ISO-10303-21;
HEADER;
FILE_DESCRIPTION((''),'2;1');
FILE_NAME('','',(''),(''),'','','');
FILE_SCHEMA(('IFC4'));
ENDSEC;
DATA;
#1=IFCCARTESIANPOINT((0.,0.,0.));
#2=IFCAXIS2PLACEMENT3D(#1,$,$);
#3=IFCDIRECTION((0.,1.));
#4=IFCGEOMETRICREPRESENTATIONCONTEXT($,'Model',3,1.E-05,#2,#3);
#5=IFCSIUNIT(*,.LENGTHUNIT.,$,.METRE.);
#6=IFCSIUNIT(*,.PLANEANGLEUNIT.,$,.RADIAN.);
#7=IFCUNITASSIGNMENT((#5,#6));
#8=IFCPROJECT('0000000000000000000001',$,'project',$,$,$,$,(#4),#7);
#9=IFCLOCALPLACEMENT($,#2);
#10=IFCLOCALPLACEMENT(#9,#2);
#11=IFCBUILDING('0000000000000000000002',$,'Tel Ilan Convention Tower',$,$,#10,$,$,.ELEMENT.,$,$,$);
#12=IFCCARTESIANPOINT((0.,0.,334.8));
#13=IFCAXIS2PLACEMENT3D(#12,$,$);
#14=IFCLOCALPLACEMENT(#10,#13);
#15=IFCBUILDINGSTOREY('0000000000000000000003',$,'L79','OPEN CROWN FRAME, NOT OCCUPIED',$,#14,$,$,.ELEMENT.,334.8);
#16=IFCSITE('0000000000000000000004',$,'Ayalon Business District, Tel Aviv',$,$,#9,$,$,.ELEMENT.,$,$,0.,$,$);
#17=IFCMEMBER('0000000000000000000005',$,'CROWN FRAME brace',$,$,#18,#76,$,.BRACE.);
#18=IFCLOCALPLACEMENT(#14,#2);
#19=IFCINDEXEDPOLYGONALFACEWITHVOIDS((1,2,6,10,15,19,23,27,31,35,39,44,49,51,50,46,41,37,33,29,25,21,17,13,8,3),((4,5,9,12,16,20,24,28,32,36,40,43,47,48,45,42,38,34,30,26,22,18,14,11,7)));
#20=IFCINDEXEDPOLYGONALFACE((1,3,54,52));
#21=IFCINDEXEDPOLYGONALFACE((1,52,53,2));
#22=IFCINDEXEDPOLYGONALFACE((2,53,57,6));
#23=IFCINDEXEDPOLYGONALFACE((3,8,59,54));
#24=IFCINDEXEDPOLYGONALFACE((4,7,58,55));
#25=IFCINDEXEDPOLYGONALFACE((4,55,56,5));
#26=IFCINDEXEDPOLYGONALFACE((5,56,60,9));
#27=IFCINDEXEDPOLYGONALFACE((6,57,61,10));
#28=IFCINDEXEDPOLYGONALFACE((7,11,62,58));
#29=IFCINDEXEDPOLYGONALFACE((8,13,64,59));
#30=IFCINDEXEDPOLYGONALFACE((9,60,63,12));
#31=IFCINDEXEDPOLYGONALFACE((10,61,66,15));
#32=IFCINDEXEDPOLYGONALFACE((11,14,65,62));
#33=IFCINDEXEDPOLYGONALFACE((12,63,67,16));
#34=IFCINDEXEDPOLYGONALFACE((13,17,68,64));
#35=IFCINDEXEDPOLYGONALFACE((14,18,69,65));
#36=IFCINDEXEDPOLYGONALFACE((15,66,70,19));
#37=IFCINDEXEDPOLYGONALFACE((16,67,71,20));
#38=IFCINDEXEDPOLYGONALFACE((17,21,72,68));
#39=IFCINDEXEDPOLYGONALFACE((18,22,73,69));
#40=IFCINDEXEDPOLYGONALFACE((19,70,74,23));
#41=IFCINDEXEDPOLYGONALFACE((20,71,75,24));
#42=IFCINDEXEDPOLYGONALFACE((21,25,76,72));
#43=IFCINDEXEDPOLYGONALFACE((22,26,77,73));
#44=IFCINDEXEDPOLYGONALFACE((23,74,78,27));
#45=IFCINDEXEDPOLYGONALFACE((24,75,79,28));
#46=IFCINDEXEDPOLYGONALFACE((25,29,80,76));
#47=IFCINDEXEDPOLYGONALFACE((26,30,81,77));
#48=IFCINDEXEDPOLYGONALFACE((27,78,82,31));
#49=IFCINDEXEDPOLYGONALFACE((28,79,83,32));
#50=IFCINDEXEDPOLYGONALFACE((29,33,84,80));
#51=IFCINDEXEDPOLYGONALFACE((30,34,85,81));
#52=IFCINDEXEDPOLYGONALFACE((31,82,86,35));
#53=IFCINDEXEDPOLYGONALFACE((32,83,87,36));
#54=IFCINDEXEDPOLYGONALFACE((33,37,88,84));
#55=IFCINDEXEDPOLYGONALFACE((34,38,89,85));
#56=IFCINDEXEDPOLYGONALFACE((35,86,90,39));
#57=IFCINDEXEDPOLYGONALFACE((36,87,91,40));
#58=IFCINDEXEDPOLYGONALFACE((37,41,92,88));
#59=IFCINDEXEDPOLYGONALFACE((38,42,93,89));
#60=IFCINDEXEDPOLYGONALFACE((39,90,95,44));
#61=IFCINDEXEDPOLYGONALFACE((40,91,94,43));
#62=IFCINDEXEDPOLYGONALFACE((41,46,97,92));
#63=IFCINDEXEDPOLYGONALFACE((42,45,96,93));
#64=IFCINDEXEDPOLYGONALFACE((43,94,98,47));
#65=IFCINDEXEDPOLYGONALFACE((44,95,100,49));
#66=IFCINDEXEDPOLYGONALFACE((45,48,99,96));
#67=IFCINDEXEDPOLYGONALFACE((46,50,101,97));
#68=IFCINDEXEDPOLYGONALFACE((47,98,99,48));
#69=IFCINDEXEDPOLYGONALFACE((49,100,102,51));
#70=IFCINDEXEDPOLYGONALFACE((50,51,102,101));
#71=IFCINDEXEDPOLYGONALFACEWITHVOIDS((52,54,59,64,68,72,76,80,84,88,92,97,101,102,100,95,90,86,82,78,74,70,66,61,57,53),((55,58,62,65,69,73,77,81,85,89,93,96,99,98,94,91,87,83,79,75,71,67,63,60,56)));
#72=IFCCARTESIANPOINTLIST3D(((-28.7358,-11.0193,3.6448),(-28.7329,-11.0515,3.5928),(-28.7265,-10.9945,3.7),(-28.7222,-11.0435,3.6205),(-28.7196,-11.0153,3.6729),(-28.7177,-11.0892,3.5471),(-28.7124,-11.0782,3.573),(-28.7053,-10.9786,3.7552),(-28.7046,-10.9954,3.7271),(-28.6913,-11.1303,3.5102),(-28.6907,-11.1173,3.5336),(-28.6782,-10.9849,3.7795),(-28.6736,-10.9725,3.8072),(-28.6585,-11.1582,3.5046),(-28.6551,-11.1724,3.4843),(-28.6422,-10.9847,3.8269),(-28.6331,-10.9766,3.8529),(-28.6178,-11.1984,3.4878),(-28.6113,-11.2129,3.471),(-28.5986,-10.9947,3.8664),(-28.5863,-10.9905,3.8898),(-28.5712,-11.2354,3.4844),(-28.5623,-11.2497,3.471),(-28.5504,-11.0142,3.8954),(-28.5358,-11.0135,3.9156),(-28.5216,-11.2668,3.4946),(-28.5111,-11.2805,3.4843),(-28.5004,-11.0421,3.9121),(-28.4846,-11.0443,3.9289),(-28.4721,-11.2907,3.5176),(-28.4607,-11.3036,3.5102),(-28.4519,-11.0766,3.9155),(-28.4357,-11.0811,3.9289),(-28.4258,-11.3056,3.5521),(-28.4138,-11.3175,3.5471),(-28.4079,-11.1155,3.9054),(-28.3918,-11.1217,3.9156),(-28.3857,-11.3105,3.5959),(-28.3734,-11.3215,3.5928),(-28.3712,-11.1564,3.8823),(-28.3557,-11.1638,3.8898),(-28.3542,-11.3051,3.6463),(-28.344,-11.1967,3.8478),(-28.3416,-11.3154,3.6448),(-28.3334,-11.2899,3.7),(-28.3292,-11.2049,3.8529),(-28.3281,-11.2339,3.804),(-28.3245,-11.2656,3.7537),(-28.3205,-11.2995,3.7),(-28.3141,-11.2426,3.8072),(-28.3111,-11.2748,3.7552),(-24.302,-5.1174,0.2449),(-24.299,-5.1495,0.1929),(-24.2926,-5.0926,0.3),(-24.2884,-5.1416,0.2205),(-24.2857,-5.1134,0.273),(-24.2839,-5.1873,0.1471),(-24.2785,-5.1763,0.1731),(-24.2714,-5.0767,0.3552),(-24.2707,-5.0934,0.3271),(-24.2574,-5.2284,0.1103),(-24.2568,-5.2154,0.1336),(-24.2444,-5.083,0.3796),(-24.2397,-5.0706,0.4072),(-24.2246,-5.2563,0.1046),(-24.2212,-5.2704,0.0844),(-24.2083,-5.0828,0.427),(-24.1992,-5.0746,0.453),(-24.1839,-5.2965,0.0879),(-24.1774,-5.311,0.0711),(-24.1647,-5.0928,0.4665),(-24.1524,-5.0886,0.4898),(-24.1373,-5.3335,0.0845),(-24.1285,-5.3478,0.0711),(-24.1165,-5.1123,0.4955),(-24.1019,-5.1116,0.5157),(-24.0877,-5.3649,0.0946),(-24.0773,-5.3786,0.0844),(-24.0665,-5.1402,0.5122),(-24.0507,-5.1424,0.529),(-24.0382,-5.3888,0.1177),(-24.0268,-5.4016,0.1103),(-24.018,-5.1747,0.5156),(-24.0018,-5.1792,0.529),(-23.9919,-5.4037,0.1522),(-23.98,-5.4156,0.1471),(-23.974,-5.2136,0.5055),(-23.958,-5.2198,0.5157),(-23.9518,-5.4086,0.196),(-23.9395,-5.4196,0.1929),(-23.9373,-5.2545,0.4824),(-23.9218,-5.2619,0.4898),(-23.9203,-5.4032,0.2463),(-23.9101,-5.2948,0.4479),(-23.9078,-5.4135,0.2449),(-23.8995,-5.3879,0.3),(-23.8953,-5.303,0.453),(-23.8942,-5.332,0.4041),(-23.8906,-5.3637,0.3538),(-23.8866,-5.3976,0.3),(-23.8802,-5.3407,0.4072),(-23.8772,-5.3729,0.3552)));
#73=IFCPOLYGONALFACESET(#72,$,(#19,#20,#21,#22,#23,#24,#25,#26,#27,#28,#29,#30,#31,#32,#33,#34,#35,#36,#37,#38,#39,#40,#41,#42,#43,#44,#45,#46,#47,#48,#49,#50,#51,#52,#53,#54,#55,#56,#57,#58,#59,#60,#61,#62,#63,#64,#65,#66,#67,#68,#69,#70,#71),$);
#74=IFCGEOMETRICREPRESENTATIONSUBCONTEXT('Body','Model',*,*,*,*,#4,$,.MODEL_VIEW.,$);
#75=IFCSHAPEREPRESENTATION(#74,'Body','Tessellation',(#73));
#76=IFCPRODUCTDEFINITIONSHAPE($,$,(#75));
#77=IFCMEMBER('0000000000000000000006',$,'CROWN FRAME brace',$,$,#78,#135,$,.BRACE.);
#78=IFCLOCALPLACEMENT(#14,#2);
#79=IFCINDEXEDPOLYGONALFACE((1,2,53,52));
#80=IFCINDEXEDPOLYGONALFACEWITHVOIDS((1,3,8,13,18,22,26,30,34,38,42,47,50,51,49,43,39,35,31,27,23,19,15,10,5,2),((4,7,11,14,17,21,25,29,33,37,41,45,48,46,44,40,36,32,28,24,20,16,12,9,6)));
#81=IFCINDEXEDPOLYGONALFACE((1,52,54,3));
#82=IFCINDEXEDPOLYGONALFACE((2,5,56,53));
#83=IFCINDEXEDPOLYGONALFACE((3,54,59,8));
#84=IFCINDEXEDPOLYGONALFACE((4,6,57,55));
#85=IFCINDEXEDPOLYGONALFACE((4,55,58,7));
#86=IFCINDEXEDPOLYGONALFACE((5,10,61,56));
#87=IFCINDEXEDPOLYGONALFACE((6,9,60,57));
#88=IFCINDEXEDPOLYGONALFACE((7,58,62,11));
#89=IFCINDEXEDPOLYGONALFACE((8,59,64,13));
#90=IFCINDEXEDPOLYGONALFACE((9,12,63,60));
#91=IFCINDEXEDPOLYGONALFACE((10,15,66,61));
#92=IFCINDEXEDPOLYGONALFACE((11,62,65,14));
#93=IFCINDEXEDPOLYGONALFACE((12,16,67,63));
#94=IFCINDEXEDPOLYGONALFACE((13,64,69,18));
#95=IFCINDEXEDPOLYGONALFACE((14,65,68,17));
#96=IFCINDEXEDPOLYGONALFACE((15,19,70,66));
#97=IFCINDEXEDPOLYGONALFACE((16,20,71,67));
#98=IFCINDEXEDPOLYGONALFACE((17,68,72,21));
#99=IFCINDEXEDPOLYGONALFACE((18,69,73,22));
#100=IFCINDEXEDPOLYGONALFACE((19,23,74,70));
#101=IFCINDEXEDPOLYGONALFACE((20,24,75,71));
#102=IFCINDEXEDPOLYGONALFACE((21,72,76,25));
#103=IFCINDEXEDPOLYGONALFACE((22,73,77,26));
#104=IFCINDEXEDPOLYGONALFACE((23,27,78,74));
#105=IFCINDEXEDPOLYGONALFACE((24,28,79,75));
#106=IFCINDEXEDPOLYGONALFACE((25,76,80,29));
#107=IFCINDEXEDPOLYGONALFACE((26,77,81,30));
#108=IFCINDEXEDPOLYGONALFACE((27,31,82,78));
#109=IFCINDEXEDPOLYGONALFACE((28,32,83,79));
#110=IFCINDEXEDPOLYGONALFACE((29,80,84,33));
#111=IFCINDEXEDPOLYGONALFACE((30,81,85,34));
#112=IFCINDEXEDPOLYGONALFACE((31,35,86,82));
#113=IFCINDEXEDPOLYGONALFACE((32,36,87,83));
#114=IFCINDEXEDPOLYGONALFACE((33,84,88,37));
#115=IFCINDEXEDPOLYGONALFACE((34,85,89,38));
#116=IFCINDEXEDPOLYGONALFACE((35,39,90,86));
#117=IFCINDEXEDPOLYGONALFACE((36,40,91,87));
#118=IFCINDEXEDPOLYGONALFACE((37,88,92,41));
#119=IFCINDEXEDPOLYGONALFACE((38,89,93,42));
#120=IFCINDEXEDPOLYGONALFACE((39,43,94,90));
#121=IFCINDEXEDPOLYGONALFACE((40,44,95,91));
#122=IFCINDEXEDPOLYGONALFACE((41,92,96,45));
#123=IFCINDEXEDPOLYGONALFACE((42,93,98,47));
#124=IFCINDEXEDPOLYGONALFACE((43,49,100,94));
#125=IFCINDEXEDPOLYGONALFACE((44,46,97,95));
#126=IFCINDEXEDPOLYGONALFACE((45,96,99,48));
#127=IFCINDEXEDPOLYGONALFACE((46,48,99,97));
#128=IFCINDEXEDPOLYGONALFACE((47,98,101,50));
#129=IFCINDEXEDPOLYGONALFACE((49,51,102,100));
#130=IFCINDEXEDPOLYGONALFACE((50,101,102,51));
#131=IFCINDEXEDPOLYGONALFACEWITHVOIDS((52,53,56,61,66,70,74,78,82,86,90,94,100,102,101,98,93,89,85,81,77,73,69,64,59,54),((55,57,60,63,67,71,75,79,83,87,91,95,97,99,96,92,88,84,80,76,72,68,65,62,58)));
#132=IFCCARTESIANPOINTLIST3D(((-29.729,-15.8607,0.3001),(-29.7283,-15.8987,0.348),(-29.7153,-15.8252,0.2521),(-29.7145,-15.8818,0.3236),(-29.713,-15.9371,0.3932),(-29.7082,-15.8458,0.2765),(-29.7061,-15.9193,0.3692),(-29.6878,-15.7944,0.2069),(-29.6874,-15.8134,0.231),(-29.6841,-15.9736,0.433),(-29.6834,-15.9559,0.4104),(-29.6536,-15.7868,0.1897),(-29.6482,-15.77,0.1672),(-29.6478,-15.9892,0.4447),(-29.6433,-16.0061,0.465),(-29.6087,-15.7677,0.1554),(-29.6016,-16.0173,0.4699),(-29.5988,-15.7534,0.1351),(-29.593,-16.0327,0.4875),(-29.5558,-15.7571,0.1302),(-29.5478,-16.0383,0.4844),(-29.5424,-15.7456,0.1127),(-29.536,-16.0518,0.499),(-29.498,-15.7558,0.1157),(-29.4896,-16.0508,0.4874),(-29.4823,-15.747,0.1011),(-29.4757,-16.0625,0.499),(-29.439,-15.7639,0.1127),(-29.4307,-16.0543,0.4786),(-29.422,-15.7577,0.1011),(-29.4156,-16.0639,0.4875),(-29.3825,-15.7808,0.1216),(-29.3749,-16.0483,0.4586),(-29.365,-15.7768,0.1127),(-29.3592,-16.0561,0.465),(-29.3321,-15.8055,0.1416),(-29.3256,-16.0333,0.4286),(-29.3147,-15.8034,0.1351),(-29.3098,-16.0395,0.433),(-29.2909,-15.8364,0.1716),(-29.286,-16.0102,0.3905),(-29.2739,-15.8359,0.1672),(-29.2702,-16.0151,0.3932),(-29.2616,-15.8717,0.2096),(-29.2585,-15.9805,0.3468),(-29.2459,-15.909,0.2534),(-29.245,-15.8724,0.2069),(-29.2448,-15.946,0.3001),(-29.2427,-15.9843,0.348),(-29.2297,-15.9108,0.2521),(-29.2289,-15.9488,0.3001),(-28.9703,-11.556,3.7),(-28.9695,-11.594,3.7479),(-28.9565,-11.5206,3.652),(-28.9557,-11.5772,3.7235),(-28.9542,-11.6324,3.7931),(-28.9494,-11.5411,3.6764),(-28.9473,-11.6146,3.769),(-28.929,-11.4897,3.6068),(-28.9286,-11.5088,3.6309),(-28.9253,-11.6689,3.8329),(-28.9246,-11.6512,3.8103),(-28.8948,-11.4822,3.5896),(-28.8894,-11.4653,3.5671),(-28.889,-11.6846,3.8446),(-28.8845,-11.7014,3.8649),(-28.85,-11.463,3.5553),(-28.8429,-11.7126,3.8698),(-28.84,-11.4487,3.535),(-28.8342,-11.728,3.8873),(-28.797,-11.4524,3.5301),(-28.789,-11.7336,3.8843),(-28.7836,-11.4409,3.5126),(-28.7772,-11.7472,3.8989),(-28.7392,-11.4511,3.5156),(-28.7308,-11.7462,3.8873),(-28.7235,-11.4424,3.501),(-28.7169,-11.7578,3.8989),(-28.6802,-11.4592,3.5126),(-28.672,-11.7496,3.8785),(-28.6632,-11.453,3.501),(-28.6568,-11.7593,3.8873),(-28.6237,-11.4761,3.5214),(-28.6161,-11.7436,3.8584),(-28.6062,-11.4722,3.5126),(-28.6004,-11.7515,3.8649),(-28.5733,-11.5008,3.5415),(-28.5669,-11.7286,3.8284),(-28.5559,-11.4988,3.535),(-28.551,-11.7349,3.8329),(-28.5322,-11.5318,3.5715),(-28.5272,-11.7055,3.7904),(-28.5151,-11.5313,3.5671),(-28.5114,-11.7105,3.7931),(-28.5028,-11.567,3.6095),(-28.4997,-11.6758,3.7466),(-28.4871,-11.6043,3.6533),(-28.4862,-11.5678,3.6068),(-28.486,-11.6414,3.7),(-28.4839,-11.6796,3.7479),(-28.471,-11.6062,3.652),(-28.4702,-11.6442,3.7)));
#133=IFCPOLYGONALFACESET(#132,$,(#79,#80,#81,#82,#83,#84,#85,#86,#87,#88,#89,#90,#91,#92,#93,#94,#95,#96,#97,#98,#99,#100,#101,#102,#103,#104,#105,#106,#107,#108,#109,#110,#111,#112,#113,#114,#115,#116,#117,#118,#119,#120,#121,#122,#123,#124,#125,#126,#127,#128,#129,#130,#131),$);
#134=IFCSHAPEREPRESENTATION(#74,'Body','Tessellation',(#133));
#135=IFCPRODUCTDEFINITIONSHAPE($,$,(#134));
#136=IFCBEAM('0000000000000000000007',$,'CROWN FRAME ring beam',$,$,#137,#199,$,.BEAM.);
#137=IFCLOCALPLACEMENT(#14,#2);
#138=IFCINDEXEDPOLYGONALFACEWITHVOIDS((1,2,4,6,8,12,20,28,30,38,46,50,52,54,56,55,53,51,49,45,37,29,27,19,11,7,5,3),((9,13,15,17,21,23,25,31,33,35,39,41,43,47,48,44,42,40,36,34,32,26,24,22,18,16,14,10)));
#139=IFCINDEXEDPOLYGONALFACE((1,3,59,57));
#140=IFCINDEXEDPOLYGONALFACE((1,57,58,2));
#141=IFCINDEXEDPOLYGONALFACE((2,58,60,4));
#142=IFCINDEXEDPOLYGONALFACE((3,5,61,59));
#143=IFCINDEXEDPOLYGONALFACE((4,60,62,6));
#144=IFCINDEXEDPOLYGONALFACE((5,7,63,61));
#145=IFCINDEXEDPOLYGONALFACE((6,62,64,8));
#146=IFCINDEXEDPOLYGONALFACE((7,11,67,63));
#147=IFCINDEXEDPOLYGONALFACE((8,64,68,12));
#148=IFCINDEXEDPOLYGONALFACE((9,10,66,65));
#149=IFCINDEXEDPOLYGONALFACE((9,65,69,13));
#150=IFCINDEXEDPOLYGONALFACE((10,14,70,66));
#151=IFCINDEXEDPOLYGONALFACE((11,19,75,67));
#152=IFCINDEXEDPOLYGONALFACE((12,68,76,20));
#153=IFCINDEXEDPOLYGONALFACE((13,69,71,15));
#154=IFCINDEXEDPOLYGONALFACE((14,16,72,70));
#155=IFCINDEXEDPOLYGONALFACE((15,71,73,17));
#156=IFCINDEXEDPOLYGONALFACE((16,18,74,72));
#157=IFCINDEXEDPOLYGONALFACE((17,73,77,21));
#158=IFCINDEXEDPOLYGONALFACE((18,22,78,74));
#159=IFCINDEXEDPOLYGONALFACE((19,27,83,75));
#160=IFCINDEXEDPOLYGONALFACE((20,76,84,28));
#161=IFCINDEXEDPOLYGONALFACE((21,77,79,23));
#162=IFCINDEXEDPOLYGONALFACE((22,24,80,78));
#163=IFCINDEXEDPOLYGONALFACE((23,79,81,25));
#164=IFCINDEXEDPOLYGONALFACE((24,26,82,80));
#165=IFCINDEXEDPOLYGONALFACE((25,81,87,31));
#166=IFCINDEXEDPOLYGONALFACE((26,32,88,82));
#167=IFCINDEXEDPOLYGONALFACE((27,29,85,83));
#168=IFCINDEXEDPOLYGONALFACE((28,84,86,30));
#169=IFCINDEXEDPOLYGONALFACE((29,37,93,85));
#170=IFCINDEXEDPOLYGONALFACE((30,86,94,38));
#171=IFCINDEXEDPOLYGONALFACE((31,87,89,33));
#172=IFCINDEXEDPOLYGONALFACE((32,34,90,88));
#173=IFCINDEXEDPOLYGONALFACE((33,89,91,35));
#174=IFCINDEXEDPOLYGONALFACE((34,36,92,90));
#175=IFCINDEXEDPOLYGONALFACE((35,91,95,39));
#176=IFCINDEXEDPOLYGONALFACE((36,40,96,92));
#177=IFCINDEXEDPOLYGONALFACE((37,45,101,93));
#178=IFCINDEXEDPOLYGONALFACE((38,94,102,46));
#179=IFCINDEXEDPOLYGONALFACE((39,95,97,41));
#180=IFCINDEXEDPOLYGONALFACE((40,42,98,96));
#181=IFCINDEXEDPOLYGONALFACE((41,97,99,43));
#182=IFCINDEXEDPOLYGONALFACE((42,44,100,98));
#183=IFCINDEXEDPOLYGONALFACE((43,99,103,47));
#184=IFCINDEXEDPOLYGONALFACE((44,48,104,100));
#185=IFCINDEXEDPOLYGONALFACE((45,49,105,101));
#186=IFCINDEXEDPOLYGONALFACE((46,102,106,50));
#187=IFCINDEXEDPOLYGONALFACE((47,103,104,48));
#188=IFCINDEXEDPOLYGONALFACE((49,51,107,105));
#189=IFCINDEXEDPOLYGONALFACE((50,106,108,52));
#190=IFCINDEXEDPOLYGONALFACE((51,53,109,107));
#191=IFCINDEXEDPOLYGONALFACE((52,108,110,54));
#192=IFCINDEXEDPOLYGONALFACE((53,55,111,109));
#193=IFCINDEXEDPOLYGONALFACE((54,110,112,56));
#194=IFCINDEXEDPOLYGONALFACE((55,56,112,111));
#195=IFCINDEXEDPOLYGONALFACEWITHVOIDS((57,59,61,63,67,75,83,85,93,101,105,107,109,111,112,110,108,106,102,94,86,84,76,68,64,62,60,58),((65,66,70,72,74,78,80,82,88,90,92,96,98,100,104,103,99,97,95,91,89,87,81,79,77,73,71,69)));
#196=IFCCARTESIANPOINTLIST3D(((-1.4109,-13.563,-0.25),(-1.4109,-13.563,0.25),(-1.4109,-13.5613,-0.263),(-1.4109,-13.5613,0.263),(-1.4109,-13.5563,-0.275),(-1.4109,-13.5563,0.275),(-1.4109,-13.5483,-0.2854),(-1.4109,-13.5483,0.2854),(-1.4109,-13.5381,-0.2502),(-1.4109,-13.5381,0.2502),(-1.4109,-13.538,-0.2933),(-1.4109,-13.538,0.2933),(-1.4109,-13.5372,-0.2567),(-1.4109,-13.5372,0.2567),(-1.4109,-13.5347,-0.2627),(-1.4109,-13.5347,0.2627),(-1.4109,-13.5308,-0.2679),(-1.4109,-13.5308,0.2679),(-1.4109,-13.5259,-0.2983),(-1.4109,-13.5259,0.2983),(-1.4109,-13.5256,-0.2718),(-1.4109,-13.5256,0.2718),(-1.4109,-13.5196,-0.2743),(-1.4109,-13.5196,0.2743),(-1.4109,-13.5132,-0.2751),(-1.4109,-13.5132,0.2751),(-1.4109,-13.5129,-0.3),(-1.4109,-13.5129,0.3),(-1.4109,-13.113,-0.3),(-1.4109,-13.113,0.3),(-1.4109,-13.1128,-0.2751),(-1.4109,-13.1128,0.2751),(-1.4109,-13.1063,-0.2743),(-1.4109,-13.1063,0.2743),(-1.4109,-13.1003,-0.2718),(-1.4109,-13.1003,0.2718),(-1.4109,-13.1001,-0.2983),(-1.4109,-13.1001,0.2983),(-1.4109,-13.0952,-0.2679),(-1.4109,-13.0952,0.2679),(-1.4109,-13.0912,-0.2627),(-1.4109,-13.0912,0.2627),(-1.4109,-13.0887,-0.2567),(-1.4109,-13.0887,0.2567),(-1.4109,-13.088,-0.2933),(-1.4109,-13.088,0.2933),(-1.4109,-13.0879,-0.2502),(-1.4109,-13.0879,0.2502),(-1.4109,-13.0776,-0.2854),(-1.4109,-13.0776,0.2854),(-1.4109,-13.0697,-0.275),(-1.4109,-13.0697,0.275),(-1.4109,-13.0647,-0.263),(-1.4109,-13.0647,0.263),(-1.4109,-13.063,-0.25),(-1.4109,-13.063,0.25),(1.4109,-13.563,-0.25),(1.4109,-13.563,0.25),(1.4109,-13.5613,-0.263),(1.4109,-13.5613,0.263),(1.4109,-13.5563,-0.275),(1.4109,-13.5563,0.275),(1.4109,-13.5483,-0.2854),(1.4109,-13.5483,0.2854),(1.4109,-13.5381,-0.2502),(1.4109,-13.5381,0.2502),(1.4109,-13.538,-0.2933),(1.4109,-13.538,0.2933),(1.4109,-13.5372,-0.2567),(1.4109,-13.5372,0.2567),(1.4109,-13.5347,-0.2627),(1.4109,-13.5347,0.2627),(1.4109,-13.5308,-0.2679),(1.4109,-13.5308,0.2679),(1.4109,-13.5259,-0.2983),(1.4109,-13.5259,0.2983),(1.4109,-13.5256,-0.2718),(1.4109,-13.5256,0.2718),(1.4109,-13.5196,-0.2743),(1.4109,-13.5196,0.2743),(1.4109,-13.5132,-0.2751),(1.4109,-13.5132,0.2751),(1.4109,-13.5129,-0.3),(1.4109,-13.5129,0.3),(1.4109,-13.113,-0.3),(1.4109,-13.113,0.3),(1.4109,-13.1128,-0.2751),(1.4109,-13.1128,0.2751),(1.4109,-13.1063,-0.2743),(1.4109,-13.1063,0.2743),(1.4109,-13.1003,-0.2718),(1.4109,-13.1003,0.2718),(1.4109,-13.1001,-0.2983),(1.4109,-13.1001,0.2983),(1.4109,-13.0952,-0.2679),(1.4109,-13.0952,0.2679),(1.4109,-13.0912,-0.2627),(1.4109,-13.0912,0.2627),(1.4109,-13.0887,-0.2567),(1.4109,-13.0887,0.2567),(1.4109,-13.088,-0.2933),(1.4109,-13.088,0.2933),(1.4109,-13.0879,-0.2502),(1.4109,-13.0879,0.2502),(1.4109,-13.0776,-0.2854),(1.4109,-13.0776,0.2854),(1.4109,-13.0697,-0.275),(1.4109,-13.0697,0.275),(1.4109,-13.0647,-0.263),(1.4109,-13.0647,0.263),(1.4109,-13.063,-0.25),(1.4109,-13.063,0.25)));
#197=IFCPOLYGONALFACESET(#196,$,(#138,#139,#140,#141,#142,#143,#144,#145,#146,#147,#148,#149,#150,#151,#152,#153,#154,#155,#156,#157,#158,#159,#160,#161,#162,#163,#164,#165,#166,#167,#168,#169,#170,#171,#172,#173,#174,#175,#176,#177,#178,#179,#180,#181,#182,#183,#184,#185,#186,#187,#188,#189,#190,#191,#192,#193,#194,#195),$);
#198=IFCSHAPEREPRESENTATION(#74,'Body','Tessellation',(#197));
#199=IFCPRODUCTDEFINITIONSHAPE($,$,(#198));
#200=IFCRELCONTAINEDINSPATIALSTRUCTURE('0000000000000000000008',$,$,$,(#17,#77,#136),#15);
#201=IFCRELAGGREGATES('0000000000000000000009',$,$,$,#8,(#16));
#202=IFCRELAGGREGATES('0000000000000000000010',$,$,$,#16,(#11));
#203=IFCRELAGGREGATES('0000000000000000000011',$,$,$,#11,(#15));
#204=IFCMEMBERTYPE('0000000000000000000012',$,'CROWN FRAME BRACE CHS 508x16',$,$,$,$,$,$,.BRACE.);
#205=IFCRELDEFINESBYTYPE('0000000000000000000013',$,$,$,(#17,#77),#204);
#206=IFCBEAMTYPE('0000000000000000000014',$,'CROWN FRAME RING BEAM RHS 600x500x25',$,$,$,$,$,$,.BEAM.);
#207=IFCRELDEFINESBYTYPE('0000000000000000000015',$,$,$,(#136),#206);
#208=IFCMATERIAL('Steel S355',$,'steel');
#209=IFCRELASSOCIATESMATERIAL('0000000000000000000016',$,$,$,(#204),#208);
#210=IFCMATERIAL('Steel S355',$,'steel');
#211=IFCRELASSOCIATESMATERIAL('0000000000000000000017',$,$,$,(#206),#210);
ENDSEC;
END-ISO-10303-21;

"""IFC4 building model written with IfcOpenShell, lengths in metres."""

from ifc_helpers import new_model, si_unit, direction, frame, origin, origin_2d, place, context, subcontext, project, spatial, hollow_rectangle, hollow_circle, extrude, material, material_profile, profile_set, type_object, element, save


model = new_model("IFC4")

# Units and contexts
model_context = context("Model", 3, precision=1e-05, world=origin(), true_north=direction((0.0, 1.0)))
body_context = subcontext(model_context, "Body", "Model", "MODEL_VIEW")
ifc_project = project(units=[si_unit("LENGTHUNIT", "METRE"), si_unit("PLANEANGLEUNIT", "RADIAN")], contexts=[model_context])

# Site, building, storey
site_placement = place(None, origin())
site = spatial("IfcSite", under=ifc_project, at=site_placement, Name="Ayalon Business District, Tel Aviv", CompositionType="ELEMENT", RefElevation=0.0)
building_placement = place(site_placement, origin())
building = spatial("IfcBuilding", under=site, at=building_placement, Name="Tel Ilan Convention Tower", CompositionType="ELEMENT")
storey_placement = place(building_placement, frame((0.0, 0.0, 334.8)))
storey = spatial("IfcBuildingStorey", under=building, at=storey_placement, Name="L79", Description="OPEN CROWN FRAME, NOT OCCUPIED", CompositionType="ELEMENT", Elevation=334.8)

# Members
ifc_material_1 = material(Name="Steel S355", Category="steel")
ifc_material_profile_1 = material_profile(ifc_material_1, hollow_circle(Radius=0.2539, WallThickness=0.0161, at=origin_2d()), Name="CHS 508x16")
ifc_profile_set_1 = profile_set([ifc_material_profile_1], Name="Steel S355")
member_type = type_object("IfcMemberType", Name="CROWN FRAME BRACE CHS 508x16", PredefinedType="BRACE", material=ifc_profile_set_1)
member_1_placement = place(storey_placement, frame((-24.0896, -5.2451, 0.3), z_axis=(-0.54556, -0.726192, 0.41834), x_axis=(0.799516, -0.600645, 0.0)))
element("IfcMember", 1, at=member_1_placement, inside=storey, type_object=member_type, Name="CROWN FRAME brace", PredefinedType="BRACE", context=body_context, shape_type="SweptSolid", body=[
    extrude(hollow_circle(Radius=0.2539, WallThickness=0.0161, at=origin_2d()), origin(), (0.0, 0.0, 1.0), 8.1272),
])
member_2_placement = place(storey_placement, frame((-28.7202, -11.6001, 3.7), z_axis=(-0.137024, -0.777351, -0.613963), x_axis=(0.984817, -0.173594, 0.0)))
element("IfcMember", 2, at=member_2_placement, inside=storey, type_object=member_type, Name="CROWN FRAME brace", PredefinedType="BRACE", context=body_context, shape_type="SweptSolid", body=[
    extrude(hollow_circle(Radius=0.2539, WallThickness=0.0161, at=origin_2d()), origin(), (0.0, 0.0, 1.0), 5.5376),
])

# Beam
ifc_material_2 = material(Name="Steel S355", Category="steel")
ifc_material_profile_2 = material_profile(ifc_material_2, hollow_rectangle(XDim=0.5, YDim=0.6001, WallThickness=0.0249, InnerFilletRadius=0.0249, OuterFilletRadius=0.05, at=origin_2d()), Name="RHS 600x500x25")
ifc_profile_set_2 = profile_set([ifc_material_profile_2], Name="Steel S355")
beam_type = type_object("IfcBeamType", Name="CROWN FRAME RING BEAM RHS 600x500x25", PredefinedType="BEAM", material=ifc_profile_set_2)
beam_1_placement = place(storey_placement, frame((-1.4109, -13.313, 0.0), z_axis=(1.0, 0.0, 0.0), x_axis=(0.0, 1.0, 0.0)))
element("IfcBeam", 3, at=beam_1_placement, inside=storey, type_object=beam_type, Name="CROWN FRAME ring beam", PredefinedType="BEAM", context=body_context, shape_type="SweptSolid", body=[
    extrude(hollow_rectangle(XDim=0.5, YDim=0.6001, WallThickness=0.0249, InnerFilletRadius=0.0249, OuterFilletRadius=0.05, at=origin_2d()), origin(), (0.0, 0.0, 1.0), 2.8218),
])

save(model, "model.ifc")
